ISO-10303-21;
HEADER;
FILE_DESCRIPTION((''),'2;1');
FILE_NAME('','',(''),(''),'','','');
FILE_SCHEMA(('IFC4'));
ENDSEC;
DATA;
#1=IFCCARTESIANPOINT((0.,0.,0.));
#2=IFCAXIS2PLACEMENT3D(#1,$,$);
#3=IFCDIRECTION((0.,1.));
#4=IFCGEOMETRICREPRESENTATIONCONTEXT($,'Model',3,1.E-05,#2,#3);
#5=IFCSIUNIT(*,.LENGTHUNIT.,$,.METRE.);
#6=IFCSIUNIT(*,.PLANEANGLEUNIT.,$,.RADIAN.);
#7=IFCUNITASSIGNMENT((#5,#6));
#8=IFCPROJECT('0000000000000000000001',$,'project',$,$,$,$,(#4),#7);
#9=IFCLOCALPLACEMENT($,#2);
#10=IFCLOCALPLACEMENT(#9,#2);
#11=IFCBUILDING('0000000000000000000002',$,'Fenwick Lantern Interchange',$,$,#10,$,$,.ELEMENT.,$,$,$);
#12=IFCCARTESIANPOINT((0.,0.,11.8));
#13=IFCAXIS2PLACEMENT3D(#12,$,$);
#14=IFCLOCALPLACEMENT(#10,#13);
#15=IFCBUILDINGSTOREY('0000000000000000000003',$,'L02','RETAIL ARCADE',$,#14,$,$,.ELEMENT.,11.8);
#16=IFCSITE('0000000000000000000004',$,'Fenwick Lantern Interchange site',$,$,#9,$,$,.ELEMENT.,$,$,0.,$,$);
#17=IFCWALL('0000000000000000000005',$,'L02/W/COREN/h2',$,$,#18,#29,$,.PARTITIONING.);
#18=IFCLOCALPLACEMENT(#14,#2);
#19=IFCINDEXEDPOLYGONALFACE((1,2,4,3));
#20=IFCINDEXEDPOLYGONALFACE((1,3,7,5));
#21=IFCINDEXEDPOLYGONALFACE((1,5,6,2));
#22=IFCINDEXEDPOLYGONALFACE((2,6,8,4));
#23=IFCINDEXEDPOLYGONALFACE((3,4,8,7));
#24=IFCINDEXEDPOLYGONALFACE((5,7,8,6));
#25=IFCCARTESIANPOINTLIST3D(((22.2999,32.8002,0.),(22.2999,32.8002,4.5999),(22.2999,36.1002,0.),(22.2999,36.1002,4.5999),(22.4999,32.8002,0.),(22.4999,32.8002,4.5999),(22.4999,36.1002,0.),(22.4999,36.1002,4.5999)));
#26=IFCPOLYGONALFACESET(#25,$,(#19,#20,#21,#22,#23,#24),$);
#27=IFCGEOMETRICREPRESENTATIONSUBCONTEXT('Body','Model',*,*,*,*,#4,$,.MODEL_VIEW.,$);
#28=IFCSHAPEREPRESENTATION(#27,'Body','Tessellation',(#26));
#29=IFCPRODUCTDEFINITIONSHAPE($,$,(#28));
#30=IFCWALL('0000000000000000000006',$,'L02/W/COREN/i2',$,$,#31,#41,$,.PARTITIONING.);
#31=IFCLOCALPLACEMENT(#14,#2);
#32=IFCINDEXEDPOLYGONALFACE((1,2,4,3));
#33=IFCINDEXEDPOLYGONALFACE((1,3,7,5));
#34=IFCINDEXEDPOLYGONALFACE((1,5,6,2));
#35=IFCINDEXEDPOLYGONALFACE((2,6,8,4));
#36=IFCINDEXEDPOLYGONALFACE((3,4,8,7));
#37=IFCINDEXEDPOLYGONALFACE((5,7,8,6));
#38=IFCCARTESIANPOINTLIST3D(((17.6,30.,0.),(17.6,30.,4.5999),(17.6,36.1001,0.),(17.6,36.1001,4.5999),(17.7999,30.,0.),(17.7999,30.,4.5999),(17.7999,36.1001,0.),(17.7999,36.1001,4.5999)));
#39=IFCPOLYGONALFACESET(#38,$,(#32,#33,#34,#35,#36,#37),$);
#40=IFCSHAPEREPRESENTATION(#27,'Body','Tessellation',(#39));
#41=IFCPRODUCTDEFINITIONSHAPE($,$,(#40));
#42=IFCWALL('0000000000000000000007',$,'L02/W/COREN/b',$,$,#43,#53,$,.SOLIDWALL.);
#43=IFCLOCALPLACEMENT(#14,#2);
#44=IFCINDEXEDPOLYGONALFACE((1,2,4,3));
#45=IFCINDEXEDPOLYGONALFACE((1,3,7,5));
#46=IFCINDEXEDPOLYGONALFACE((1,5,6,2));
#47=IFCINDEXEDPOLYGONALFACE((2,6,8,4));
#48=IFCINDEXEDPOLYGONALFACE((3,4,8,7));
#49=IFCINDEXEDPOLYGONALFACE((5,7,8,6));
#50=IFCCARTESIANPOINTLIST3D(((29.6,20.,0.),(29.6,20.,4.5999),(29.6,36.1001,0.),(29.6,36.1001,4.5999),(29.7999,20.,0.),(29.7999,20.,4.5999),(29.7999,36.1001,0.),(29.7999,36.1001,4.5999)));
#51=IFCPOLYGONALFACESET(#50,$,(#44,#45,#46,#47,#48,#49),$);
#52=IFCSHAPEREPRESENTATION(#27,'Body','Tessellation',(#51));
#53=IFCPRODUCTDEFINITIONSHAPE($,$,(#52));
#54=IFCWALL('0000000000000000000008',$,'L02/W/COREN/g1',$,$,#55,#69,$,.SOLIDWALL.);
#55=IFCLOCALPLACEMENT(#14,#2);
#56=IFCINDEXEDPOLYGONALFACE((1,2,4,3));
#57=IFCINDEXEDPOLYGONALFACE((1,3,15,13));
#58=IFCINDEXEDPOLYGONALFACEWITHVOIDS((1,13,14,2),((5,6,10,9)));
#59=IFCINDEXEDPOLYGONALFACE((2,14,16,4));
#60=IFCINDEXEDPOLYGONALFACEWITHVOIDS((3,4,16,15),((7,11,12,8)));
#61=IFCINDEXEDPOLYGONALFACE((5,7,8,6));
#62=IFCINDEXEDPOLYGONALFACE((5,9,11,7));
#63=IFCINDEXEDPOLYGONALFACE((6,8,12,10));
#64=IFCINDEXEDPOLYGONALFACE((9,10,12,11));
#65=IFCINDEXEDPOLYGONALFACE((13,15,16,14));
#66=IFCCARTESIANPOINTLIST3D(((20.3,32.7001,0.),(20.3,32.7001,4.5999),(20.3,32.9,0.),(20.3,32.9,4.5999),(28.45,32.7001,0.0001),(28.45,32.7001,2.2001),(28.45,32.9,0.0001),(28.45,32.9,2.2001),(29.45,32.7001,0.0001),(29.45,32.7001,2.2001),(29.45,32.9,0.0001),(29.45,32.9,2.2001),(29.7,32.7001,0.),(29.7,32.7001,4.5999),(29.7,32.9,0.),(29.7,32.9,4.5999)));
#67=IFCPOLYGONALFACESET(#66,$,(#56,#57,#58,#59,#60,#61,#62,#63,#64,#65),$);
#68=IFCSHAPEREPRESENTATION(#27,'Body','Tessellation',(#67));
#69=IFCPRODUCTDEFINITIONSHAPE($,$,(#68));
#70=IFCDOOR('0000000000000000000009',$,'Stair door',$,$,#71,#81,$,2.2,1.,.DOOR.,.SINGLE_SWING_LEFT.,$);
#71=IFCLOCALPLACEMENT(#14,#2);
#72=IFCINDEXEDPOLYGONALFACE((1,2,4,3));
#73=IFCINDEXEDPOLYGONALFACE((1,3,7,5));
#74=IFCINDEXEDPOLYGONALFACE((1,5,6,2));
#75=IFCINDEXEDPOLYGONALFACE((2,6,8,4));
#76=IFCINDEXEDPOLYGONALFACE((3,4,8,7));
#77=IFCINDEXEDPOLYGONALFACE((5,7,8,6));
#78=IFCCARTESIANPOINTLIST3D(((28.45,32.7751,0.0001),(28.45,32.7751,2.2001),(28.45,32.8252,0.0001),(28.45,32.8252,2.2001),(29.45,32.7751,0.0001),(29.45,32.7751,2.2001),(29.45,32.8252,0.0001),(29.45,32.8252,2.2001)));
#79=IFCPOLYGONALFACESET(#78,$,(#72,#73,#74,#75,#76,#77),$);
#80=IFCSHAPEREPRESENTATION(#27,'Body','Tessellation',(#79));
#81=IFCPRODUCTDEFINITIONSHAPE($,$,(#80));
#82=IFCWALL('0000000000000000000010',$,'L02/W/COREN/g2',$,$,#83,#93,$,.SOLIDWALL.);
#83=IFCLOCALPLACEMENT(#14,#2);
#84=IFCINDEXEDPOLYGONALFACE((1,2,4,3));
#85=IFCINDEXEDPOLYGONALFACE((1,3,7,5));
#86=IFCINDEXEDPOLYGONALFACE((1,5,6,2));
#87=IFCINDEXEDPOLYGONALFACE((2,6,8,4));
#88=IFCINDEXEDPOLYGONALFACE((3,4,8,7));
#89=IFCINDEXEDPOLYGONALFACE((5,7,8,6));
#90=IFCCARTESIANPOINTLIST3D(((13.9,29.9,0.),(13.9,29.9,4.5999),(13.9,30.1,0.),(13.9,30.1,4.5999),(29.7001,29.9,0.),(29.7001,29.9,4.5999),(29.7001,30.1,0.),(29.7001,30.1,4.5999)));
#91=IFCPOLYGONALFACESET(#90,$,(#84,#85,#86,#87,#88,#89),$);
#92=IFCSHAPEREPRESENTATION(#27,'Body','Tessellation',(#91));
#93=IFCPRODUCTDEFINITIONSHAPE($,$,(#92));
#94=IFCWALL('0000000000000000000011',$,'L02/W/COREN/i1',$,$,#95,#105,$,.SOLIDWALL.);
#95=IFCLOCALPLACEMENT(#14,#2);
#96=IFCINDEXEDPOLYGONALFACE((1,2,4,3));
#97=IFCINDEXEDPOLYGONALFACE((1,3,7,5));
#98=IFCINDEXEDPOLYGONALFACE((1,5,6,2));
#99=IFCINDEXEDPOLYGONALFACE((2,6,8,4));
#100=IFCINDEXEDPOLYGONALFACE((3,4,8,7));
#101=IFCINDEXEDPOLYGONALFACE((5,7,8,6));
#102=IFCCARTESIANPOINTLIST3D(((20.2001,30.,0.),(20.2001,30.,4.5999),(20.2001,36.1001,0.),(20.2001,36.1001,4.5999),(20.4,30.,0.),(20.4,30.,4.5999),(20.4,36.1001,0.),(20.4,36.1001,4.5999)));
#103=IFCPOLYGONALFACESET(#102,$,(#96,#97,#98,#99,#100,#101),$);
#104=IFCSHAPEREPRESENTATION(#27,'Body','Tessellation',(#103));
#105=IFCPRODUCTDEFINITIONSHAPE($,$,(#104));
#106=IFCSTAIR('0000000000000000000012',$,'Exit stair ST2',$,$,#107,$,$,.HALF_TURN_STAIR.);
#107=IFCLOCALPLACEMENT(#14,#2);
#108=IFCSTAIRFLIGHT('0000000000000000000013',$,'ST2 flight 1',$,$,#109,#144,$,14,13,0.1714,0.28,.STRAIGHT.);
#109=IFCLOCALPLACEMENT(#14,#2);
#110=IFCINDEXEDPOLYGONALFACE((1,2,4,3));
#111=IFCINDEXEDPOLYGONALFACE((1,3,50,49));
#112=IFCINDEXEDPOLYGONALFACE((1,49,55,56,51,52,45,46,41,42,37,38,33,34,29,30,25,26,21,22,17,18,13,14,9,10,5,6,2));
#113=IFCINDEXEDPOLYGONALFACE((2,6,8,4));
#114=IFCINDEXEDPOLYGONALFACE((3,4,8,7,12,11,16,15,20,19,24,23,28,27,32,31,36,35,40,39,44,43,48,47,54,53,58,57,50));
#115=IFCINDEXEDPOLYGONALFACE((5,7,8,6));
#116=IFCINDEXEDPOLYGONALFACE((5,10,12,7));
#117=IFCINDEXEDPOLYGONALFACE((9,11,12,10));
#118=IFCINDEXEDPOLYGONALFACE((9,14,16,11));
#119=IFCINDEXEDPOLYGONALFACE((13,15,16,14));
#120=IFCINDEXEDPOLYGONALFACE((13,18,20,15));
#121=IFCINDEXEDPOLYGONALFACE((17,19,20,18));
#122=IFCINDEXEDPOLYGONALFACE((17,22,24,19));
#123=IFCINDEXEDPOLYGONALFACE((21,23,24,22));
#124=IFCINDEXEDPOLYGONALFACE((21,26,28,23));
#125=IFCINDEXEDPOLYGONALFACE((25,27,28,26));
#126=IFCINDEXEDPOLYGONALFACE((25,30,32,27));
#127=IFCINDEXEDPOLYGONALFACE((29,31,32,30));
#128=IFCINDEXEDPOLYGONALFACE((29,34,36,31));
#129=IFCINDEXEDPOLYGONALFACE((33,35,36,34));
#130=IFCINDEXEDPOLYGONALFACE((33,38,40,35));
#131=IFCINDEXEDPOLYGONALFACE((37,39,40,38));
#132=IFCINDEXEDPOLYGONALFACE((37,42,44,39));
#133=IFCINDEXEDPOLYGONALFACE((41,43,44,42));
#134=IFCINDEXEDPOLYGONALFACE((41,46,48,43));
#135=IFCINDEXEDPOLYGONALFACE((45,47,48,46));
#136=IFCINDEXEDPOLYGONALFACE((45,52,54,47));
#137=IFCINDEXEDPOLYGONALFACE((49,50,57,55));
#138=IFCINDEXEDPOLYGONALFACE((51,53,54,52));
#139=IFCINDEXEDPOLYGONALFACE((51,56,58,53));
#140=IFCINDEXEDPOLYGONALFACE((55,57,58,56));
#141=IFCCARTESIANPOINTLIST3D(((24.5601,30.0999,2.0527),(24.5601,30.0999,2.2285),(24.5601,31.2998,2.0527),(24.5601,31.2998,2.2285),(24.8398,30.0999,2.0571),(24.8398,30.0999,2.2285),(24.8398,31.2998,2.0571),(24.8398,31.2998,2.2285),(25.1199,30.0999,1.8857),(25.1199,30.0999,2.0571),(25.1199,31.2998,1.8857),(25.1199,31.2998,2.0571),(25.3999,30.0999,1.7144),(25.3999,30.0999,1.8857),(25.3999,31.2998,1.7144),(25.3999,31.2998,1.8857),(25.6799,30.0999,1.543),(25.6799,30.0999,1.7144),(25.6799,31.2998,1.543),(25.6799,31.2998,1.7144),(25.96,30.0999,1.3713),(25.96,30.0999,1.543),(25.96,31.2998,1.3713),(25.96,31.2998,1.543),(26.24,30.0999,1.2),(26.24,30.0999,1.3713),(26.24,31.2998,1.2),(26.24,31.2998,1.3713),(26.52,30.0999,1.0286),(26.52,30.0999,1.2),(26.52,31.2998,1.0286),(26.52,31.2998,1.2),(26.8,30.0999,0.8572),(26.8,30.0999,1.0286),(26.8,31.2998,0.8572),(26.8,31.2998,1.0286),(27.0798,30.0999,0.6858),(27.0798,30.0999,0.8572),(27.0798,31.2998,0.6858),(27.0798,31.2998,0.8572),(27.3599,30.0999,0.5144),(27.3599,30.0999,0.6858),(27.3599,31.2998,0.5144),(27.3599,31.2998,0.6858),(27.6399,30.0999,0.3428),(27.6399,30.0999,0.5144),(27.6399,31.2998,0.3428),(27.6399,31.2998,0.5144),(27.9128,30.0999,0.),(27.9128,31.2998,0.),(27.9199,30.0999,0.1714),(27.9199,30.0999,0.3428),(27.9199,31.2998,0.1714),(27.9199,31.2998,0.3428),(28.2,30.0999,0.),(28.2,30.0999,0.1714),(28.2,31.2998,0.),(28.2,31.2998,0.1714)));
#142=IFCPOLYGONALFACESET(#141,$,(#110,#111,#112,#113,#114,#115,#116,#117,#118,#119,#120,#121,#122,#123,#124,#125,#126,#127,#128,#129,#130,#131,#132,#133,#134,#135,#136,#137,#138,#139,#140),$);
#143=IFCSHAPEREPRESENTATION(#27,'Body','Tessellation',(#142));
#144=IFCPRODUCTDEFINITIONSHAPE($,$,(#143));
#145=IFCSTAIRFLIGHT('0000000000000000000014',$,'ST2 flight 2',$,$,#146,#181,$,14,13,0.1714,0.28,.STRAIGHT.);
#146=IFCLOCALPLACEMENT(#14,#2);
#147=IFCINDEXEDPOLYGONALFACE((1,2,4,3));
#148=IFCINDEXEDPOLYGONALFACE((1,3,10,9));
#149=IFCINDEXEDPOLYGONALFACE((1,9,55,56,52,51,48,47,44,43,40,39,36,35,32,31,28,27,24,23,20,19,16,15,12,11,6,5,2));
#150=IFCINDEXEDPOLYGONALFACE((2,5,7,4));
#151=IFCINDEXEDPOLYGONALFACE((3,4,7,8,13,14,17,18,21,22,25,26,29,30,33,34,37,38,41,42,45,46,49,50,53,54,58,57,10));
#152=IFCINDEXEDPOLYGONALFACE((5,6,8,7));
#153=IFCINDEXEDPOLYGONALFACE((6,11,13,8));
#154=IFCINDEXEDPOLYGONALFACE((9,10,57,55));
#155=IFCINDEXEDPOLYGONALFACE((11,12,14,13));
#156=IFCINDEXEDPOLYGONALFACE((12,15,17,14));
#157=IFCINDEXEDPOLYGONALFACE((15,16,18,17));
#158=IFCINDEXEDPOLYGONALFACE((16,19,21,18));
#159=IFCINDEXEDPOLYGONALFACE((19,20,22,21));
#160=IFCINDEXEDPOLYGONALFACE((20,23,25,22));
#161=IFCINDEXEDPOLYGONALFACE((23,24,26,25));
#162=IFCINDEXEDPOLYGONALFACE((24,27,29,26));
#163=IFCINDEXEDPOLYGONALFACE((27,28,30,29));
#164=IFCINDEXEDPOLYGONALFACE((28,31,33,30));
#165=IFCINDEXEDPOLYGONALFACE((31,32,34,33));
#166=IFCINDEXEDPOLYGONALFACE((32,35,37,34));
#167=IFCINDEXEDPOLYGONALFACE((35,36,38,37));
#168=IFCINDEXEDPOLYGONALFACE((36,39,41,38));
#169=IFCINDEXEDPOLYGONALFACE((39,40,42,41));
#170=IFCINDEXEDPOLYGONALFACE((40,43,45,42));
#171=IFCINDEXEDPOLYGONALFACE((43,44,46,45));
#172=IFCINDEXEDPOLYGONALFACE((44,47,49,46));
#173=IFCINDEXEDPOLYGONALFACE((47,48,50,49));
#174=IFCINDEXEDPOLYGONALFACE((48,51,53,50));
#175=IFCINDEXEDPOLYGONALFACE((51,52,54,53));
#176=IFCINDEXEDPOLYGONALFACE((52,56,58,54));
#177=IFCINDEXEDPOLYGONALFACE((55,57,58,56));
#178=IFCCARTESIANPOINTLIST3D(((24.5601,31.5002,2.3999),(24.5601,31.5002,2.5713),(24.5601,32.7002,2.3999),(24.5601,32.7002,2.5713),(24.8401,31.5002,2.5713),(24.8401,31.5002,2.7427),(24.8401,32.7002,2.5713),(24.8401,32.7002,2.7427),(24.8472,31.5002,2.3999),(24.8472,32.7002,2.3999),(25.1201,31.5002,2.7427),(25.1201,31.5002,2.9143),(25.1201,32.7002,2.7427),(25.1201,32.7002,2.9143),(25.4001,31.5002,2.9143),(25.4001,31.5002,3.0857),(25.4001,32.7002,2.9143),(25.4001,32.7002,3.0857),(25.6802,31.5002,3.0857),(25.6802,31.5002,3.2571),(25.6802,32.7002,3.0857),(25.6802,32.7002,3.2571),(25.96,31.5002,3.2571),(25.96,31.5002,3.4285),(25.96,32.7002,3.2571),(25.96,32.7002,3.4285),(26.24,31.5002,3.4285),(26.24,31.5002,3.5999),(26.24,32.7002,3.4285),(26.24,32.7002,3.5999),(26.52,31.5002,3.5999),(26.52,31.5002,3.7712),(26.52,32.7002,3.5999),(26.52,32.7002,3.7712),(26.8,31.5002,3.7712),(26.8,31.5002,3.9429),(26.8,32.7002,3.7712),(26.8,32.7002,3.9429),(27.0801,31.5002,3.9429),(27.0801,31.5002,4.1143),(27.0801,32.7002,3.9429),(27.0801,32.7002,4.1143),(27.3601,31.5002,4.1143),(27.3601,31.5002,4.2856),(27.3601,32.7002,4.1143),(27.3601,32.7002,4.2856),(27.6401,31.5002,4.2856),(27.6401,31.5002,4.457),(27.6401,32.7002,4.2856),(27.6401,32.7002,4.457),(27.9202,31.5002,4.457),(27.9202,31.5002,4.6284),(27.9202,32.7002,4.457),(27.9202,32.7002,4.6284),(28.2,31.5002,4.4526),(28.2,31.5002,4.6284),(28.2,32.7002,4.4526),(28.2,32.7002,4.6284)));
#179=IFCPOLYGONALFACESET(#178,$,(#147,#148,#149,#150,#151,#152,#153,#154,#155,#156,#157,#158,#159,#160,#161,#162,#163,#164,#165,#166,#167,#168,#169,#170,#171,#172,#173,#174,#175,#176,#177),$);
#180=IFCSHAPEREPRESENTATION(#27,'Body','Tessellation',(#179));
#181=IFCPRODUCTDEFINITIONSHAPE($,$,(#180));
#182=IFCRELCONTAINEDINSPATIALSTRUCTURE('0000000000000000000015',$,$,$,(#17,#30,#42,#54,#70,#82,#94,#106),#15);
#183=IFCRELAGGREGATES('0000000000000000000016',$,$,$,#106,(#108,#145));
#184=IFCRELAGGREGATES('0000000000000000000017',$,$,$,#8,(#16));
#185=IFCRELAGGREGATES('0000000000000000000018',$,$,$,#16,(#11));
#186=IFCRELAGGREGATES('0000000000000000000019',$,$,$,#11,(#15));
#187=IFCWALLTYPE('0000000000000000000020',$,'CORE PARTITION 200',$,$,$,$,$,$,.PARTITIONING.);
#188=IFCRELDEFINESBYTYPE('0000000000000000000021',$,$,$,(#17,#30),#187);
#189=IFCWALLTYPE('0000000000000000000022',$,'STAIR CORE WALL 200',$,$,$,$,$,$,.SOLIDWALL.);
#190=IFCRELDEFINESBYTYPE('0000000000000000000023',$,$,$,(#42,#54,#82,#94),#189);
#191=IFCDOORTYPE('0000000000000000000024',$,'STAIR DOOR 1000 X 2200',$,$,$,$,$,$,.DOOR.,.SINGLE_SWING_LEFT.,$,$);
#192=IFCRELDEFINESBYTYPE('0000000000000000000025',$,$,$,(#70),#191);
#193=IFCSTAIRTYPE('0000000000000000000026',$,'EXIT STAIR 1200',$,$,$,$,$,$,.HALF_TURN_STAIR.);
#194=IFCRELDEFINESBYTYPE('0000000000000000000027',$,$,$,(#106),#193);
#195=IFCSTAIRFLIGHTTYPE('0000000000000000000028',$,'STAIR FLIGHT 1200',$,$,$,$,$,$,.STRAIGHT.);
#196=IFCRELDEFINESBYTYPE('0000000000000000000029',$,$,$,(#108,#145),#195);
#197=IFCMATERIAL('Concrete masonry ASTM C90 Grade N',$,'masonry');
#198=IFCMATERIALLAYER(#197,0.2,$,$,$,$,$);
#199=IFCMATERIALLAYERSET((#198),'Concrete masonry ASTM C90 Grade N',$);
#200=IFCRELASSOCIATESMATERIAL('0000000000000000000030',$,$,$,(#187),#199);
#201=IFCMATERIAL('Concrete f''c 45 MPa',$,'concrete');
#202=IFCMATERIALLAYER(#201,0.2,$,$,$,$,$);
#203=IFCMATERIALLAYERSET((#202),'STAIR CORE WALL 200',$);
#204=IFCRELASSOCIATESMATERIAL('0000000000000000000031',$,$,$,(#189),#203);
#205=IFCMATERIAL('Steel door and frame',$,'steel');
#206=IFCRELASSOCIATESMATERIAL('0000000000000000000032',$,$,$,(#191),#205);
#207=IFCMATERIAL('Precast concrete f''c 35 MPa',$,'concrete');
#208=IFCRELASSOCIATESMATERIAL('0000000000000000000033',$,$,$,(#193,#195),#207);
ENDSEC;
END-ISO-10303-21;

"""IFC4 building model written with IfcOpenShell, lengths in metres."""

from ifc_helpers import new_model, si_unit, direction, frame, frame_2d, origin, place, context, subcontext, project, spatial, polyline, rectangle, outline, extrude, material, layer, layer_set, type_object, element, fill, aggregate, save


model = new_model("IFC4")

# Units and contexts
model_context = context("Model", 3, precision=1e-05, world=origin(), true_north=direction((0.0, 1.0)))
body_context = subcontext(model_context, "Body", "Model", "MODEL_VIEW")
ifc_project = project(units=[si_unit("LENGTHUNIT", "METRE"), si_unit("PLANEANGLEUNIT", "RADIAN")], contexts=[model_context])

# Site, building, storey
site_placement = place(None, origin())
site = spatial("IfcSite", under=ifc_project, at=site_placement, Name="Fenwick Lantern Interchange site", CompositionType="ELEMENT", RefElevation=0.0)
building_placement = place(site_placement, origin())
building = spatial("IfcBuilding", under=site, at=building_placement, Name="Fenwick Lantern Interchange", CompositionType="ELEMENT")
storey_placement = place(building_placement, frame((0.0, 0.0, 11.8)))
storey = spatial("IfcBuildingStorey", under=building, at=storey_placement, Name="L02", Description="RETAIL ARCADE", CompositionType="ELEMENT", Elevation=11.8)

# Shared definitions
ifc_material_1 = material(Name="Concrete masonry ASTM C90 Grade N", Category="masonry")
ifc_layer_1 = layer(ifc_material_1, 0.2)
ifc_layer_set_1 = layer_set([ifc_layer_1], Name="Concrete masonry ASTM C90 Grade N")
wall_type_1 = type_object("IfcWallType", Name="CORE PARTITION 200", PredefinedType="PARTITIONING", material=ifc_layer_set_1)

# Shared definitions
ifc_material_2 = material(Name="Steel door and frame", Category="steel")

# Walls
wall_1_placement = place(storey_placement, frame((22.3999, 36.1001, 0.0), z_axis=(0.0, 0.0, 1.0), x_axis=(0.0, -1.0, 0.0)))
element("IfcWall", 1, at=wall_1_placement, inside=storey, type_object=wall_type_1, Name="L02/W/COREN/h2", PredefinedType="PARTITIONING", context=body_context, shape_type="SweptSolid", body=[
    extrude(rectangle(XDim=3.3, YDim=0.2, at=frame_2d((1.6499, 0.0))), origin(), (0.0, 0.0, 1.0), 4.5999),
])
wall_2_placement = place(storey_placement, frame((17.7, 36.1001, 0.0), z_axis=(0.0, 0.0, 1.0), x_axis=(0.0, -1.0, 0.0)))
element("IfcWall", 2, at=wall_2_placement, inside=storey, type_object=wall_type_1, Name="L02/W/COREN/i2", PredefinedType="PARTITIONING", context=body_context, shape_type="SweptSolid", body=[
    extrude(rectangle(XDim=6.1001, YDim=0.2, at=frame_2d((3.05, 0.0))), origin(), (0.0, 0.0, 1.0), 4.5999),
])
ifc_material_3 = material(Name="Concrete f'c 45 MPa", Category="concrete")
ifc_layer_2 = layer(ifc_material_3, 0.2)
ifc_layer_set_2 = layer_set([ifc_layer_2], Name="STAIR CORE WALL 200")
wall_type_2 = type_object("IfcWallType", Name="STAIR CORE WALL 200", PredefinedType="SOLIDWALL", material=ifc_layer_set_2)
wall_3_placement = place(storey_placement, frame((29.7, 36.1001, 0.0), z_axis=(0.0, 0.0, 1.0), x_axis=(0.0, -1.0, 0.0)))
element("IfcWall", 3, at=wall_3_placement, inside=storey, type_object=wall_type_2, Name="L02/W/COREN/b", PredefinedType="SOLIDWALL", context=body_context, shape_type="SweptSolid", body=[
    extrude(rectangle(XDim=16.1001, YDim=0.2, at=frame_2d((8.05, 0.0))), origin(), (0.0, 0.0, 1.0), 4.5999),
])

# Wall, opening, door
wall_4_placement = place(storey_placement, frame((29.7, 32.8, 0.0), z_axis=(0.0, 0.0, 1.0), x_axis=(-1.0, 0.0, 0.0)))
wall_4 = element("IfcWall", 4, at=wall_4_placement, inside=storey, type_object=wall_type_2, Name="L02/W/COREN/g1", PredefinedType="SOLIDWALL", context=body_context, shape_type="SweptSolid", body=[
    extrude(rectangle(XDim=9.3999, YDim=0.2, at=frame_2d((4.7, 0.0))), origin(), (0.0, 0.0, 1.0), 4.5999),
])
opening_1_placement = place(wall_4_placement, frame((0.25, 0.0, 0.0)))
opening_1 = element("IfcOpeningElement", 5, at=opening_1_placement, cuts=wall_4, PredefinedType="OPENING", context=body_context, shape_type="SweptSolid", body=[
    extrude(rectangle(XDim=1.0, YDim=2.2, at=frame_2d((0.5, 1.1001))), frame((0.0, 0.1099, 0.0), z_axis=(0.0, -1.0, 0.0), x_axis=(1.0, 0.0, 0.0)), (0.0, 0.0, 1.0), 0.22),
])
door_type_1 = type_object("IfcDoorType", Name="STAIR DOOR 1000 X 2200", OperationType="SINGLE_SWING_LEFT", PredefinedType="DOOR", material=ifc_material_2)
door_1_placement = place(opening_1_placement, origin())
door_1 = element("IfcDoor", 6, at=door_1_placement, inside=storey, type_object=door_type_1, Name="Stair door", OperationType="SINGLE_SWING_LEFT", OverallHeight=2.2, OverallWidth=1.0, PredefinedType="DOOR", context=body_context, shape_type="SweptSolid", body=[
    extrude(rectangle(XDim=1.0, YDim=2.2, at=frame_2d((0.5, 1.1001))), frame((0.0, 0.0249, 0.0), z_axis=(0.0, -1.0, 0.0), x_axis=(1.0, 0.0, 0.0)), (0.0, 0.0, 1.0), 0.05),
])
fill(opening_1, door_1)

# Walls
wall_5_placement = place(storey_placement, frame((29.7, 30.0, 0.0), z_axis=(0.0, 0.0, 1.0), x_axis=(-1.0, 0.0, 0.0)))
element("IfcWall", 7, at=wall_5_placement, inside=storey, type_object=wall_type_2, Name="L02/W/COREN/g2", PredefinedType="SOLIDWALL", context=body_context, shape_type="SweptSolid", body=[
    extrude(rectangle(XDim=15.8, YDim=0.2, at=frame_2d((7.8999, 0.0))), origin(), (0.0, 0.0, 1.0), 4.5999),
])
wall_6_placement = place(storey_placement, frame((20.3, 36.1001, 0.0), z_axis=(0.0, 0.0, 1.0), x_axis=(0.0, -1.0, 0.0)))
element("IfcWall", 8, at=wall_6_placement, inside=storey, type_object=wall_type_2, Name="L02/W/COREN/i1", PredefinedType="SOLIDWALL", context=body_context, shape_type="SweptSolid", body=[
    extrude(rectangle(XDim=6.1001, YDim=0.2, at=frame_2d((3.05, 0.0))), origin(), (0.0, 0.0, 1.0), 4.5999),
])

# Stair, stair flights
ifc_material_4 = material(Name="Precast concrete f'c 35 MPa", Category="concrete")
stair_type = type_object("IfcStairType", Name="EXIT STAIR 1200", PredefinedType="HALF_TURN_STAIR", material=ifc_material_4)
stair_placement = place(storey_placement, origin())
stair = element("IfcStair", 9, at=stair_placement, inside=storey, type_object=stair_type, Name="Exit stair ST2", PredefinedType="HALF_TURN_STAIR")
stair_flight_type = type_object("IfcStairFlightType", Name="STAIR FLIGHT 1200", PredefinedType="STRAIGHT", material=ifc_material_4)
stair_flight_1_placement = place(storey_placement, frame((28.2, 30.7, 0.0), z_axis=(0.0, 0.0, 1.0), x_axis=(-1.0, 0.0, 0.0)))
stair_flight_1 = element("IfcStairFlight", 10, at=stair_flight_1_placement, type_object=stair_flight_type, Name="ST2 flight 1", NumberOfRisers=14, NumberOfTreads=13, PredefinedType="STRAIGHT", RiserHeight=0.1714, TreadLength=0.28, context=body_context, shape_type="SweptSolid", body=[
    extrude(outline(polyline([(0.0, 0.0), (0.0, 0.1714), (0.28, 0.1714), (0.28, 0.3428), (0.5601, 0.3428), (0.5601, 0.5144), (0.8401, 0.5144), (0.8401, 0.6858), (1.1201, 0.6858), (1.1201, 0.8572), (1.3999, 0.8572), (1.3999, 1.0286), (1.6799, 1.0286), (1.6799, 1.2), (1.96, 1.2), (1.96, 1.3713), (2.24, 1.3713), (2.24, 1.543), (2.52, 1.543), (2.52, 1.7144), (2.8, 1.7144), (2.8, 1.8857), (3.0801, 1.8857), (3.0801, 2.0571), (3.3601, 2.0571), (3.3601, 2.2285), (3.6399, 2.2285), (3.6399, 2.3999), (3.6399, 2.0527), (0.2871, 0.0), (0.0, 0.0)])), frame((0.0, 0.6001, 0.0), z_axis=(0.0, -1.0, 0.0), x_axis=(1.0, 0.0, 0.0)), (0.0, 0.0, 1.0), 1.2),
])
stair_flight_2_placement = place(storey_placement, frame((24.5601, 32.1001, 2.3999), z_axis=(0.0, 0.0, 1.0), x_axis=(1.0, 0.0, 0.0)))
stair_flight_2 = element("IfcStairFlight", 11, at=stair_flight_2_placement, type_object=stair_flight_type, Name="ST2 flight 2", NumberOfRisers=14, NumberOfTreads=13, PredefinedType="STRAIGHT", RiserHeight=0.1714, TreadLength=0.28, context=body_context, shape_type="SweptSolid", body=[
    extrude(outline(polyline([(0.0, 0.0), (0.0, 0.1714), (0.28, 0.1714), (0.28, 0.3428), (0.5601, 0.3428), (0.5601, 0.5144), (0.8401, 0.5144), (0.8401, 0.6858), (1.1201, 0.6858), (1.1201, 0.8572), (1.3999, 0.8572), (1.3999, 1.0286), (1.6799, 1.0286), (1.6799, 1.2), (1.96, 1.2), (1.96, 1.3713), (2.24, 1.3713), (2.24, 1.543), (2.52, 1.543), (2.52, 1.7144), (2.8, 1.7144), (2.8, 1.8857), (3.0801, 1.8857), (3.0801, 2.0571), (3.3601, 2.0571), (3.3601, 2.2285), (3.6399, 2.2285), (3.6399, 2.3999), (3.6399, 2.0527), (0.2871, 0.0), (0.0, 0.0)])), frame((0.0, 0.6001, 0.0), z_axis=(0.0, -1.0, 0.0), x_axis=(1.0, 0.0, 0.0)), (0.0, 0.0, 1.0), 1.2),
])
aggregate(stair, [stair_flight_1, stair_flight_2])

save(model, "model.ifc")
